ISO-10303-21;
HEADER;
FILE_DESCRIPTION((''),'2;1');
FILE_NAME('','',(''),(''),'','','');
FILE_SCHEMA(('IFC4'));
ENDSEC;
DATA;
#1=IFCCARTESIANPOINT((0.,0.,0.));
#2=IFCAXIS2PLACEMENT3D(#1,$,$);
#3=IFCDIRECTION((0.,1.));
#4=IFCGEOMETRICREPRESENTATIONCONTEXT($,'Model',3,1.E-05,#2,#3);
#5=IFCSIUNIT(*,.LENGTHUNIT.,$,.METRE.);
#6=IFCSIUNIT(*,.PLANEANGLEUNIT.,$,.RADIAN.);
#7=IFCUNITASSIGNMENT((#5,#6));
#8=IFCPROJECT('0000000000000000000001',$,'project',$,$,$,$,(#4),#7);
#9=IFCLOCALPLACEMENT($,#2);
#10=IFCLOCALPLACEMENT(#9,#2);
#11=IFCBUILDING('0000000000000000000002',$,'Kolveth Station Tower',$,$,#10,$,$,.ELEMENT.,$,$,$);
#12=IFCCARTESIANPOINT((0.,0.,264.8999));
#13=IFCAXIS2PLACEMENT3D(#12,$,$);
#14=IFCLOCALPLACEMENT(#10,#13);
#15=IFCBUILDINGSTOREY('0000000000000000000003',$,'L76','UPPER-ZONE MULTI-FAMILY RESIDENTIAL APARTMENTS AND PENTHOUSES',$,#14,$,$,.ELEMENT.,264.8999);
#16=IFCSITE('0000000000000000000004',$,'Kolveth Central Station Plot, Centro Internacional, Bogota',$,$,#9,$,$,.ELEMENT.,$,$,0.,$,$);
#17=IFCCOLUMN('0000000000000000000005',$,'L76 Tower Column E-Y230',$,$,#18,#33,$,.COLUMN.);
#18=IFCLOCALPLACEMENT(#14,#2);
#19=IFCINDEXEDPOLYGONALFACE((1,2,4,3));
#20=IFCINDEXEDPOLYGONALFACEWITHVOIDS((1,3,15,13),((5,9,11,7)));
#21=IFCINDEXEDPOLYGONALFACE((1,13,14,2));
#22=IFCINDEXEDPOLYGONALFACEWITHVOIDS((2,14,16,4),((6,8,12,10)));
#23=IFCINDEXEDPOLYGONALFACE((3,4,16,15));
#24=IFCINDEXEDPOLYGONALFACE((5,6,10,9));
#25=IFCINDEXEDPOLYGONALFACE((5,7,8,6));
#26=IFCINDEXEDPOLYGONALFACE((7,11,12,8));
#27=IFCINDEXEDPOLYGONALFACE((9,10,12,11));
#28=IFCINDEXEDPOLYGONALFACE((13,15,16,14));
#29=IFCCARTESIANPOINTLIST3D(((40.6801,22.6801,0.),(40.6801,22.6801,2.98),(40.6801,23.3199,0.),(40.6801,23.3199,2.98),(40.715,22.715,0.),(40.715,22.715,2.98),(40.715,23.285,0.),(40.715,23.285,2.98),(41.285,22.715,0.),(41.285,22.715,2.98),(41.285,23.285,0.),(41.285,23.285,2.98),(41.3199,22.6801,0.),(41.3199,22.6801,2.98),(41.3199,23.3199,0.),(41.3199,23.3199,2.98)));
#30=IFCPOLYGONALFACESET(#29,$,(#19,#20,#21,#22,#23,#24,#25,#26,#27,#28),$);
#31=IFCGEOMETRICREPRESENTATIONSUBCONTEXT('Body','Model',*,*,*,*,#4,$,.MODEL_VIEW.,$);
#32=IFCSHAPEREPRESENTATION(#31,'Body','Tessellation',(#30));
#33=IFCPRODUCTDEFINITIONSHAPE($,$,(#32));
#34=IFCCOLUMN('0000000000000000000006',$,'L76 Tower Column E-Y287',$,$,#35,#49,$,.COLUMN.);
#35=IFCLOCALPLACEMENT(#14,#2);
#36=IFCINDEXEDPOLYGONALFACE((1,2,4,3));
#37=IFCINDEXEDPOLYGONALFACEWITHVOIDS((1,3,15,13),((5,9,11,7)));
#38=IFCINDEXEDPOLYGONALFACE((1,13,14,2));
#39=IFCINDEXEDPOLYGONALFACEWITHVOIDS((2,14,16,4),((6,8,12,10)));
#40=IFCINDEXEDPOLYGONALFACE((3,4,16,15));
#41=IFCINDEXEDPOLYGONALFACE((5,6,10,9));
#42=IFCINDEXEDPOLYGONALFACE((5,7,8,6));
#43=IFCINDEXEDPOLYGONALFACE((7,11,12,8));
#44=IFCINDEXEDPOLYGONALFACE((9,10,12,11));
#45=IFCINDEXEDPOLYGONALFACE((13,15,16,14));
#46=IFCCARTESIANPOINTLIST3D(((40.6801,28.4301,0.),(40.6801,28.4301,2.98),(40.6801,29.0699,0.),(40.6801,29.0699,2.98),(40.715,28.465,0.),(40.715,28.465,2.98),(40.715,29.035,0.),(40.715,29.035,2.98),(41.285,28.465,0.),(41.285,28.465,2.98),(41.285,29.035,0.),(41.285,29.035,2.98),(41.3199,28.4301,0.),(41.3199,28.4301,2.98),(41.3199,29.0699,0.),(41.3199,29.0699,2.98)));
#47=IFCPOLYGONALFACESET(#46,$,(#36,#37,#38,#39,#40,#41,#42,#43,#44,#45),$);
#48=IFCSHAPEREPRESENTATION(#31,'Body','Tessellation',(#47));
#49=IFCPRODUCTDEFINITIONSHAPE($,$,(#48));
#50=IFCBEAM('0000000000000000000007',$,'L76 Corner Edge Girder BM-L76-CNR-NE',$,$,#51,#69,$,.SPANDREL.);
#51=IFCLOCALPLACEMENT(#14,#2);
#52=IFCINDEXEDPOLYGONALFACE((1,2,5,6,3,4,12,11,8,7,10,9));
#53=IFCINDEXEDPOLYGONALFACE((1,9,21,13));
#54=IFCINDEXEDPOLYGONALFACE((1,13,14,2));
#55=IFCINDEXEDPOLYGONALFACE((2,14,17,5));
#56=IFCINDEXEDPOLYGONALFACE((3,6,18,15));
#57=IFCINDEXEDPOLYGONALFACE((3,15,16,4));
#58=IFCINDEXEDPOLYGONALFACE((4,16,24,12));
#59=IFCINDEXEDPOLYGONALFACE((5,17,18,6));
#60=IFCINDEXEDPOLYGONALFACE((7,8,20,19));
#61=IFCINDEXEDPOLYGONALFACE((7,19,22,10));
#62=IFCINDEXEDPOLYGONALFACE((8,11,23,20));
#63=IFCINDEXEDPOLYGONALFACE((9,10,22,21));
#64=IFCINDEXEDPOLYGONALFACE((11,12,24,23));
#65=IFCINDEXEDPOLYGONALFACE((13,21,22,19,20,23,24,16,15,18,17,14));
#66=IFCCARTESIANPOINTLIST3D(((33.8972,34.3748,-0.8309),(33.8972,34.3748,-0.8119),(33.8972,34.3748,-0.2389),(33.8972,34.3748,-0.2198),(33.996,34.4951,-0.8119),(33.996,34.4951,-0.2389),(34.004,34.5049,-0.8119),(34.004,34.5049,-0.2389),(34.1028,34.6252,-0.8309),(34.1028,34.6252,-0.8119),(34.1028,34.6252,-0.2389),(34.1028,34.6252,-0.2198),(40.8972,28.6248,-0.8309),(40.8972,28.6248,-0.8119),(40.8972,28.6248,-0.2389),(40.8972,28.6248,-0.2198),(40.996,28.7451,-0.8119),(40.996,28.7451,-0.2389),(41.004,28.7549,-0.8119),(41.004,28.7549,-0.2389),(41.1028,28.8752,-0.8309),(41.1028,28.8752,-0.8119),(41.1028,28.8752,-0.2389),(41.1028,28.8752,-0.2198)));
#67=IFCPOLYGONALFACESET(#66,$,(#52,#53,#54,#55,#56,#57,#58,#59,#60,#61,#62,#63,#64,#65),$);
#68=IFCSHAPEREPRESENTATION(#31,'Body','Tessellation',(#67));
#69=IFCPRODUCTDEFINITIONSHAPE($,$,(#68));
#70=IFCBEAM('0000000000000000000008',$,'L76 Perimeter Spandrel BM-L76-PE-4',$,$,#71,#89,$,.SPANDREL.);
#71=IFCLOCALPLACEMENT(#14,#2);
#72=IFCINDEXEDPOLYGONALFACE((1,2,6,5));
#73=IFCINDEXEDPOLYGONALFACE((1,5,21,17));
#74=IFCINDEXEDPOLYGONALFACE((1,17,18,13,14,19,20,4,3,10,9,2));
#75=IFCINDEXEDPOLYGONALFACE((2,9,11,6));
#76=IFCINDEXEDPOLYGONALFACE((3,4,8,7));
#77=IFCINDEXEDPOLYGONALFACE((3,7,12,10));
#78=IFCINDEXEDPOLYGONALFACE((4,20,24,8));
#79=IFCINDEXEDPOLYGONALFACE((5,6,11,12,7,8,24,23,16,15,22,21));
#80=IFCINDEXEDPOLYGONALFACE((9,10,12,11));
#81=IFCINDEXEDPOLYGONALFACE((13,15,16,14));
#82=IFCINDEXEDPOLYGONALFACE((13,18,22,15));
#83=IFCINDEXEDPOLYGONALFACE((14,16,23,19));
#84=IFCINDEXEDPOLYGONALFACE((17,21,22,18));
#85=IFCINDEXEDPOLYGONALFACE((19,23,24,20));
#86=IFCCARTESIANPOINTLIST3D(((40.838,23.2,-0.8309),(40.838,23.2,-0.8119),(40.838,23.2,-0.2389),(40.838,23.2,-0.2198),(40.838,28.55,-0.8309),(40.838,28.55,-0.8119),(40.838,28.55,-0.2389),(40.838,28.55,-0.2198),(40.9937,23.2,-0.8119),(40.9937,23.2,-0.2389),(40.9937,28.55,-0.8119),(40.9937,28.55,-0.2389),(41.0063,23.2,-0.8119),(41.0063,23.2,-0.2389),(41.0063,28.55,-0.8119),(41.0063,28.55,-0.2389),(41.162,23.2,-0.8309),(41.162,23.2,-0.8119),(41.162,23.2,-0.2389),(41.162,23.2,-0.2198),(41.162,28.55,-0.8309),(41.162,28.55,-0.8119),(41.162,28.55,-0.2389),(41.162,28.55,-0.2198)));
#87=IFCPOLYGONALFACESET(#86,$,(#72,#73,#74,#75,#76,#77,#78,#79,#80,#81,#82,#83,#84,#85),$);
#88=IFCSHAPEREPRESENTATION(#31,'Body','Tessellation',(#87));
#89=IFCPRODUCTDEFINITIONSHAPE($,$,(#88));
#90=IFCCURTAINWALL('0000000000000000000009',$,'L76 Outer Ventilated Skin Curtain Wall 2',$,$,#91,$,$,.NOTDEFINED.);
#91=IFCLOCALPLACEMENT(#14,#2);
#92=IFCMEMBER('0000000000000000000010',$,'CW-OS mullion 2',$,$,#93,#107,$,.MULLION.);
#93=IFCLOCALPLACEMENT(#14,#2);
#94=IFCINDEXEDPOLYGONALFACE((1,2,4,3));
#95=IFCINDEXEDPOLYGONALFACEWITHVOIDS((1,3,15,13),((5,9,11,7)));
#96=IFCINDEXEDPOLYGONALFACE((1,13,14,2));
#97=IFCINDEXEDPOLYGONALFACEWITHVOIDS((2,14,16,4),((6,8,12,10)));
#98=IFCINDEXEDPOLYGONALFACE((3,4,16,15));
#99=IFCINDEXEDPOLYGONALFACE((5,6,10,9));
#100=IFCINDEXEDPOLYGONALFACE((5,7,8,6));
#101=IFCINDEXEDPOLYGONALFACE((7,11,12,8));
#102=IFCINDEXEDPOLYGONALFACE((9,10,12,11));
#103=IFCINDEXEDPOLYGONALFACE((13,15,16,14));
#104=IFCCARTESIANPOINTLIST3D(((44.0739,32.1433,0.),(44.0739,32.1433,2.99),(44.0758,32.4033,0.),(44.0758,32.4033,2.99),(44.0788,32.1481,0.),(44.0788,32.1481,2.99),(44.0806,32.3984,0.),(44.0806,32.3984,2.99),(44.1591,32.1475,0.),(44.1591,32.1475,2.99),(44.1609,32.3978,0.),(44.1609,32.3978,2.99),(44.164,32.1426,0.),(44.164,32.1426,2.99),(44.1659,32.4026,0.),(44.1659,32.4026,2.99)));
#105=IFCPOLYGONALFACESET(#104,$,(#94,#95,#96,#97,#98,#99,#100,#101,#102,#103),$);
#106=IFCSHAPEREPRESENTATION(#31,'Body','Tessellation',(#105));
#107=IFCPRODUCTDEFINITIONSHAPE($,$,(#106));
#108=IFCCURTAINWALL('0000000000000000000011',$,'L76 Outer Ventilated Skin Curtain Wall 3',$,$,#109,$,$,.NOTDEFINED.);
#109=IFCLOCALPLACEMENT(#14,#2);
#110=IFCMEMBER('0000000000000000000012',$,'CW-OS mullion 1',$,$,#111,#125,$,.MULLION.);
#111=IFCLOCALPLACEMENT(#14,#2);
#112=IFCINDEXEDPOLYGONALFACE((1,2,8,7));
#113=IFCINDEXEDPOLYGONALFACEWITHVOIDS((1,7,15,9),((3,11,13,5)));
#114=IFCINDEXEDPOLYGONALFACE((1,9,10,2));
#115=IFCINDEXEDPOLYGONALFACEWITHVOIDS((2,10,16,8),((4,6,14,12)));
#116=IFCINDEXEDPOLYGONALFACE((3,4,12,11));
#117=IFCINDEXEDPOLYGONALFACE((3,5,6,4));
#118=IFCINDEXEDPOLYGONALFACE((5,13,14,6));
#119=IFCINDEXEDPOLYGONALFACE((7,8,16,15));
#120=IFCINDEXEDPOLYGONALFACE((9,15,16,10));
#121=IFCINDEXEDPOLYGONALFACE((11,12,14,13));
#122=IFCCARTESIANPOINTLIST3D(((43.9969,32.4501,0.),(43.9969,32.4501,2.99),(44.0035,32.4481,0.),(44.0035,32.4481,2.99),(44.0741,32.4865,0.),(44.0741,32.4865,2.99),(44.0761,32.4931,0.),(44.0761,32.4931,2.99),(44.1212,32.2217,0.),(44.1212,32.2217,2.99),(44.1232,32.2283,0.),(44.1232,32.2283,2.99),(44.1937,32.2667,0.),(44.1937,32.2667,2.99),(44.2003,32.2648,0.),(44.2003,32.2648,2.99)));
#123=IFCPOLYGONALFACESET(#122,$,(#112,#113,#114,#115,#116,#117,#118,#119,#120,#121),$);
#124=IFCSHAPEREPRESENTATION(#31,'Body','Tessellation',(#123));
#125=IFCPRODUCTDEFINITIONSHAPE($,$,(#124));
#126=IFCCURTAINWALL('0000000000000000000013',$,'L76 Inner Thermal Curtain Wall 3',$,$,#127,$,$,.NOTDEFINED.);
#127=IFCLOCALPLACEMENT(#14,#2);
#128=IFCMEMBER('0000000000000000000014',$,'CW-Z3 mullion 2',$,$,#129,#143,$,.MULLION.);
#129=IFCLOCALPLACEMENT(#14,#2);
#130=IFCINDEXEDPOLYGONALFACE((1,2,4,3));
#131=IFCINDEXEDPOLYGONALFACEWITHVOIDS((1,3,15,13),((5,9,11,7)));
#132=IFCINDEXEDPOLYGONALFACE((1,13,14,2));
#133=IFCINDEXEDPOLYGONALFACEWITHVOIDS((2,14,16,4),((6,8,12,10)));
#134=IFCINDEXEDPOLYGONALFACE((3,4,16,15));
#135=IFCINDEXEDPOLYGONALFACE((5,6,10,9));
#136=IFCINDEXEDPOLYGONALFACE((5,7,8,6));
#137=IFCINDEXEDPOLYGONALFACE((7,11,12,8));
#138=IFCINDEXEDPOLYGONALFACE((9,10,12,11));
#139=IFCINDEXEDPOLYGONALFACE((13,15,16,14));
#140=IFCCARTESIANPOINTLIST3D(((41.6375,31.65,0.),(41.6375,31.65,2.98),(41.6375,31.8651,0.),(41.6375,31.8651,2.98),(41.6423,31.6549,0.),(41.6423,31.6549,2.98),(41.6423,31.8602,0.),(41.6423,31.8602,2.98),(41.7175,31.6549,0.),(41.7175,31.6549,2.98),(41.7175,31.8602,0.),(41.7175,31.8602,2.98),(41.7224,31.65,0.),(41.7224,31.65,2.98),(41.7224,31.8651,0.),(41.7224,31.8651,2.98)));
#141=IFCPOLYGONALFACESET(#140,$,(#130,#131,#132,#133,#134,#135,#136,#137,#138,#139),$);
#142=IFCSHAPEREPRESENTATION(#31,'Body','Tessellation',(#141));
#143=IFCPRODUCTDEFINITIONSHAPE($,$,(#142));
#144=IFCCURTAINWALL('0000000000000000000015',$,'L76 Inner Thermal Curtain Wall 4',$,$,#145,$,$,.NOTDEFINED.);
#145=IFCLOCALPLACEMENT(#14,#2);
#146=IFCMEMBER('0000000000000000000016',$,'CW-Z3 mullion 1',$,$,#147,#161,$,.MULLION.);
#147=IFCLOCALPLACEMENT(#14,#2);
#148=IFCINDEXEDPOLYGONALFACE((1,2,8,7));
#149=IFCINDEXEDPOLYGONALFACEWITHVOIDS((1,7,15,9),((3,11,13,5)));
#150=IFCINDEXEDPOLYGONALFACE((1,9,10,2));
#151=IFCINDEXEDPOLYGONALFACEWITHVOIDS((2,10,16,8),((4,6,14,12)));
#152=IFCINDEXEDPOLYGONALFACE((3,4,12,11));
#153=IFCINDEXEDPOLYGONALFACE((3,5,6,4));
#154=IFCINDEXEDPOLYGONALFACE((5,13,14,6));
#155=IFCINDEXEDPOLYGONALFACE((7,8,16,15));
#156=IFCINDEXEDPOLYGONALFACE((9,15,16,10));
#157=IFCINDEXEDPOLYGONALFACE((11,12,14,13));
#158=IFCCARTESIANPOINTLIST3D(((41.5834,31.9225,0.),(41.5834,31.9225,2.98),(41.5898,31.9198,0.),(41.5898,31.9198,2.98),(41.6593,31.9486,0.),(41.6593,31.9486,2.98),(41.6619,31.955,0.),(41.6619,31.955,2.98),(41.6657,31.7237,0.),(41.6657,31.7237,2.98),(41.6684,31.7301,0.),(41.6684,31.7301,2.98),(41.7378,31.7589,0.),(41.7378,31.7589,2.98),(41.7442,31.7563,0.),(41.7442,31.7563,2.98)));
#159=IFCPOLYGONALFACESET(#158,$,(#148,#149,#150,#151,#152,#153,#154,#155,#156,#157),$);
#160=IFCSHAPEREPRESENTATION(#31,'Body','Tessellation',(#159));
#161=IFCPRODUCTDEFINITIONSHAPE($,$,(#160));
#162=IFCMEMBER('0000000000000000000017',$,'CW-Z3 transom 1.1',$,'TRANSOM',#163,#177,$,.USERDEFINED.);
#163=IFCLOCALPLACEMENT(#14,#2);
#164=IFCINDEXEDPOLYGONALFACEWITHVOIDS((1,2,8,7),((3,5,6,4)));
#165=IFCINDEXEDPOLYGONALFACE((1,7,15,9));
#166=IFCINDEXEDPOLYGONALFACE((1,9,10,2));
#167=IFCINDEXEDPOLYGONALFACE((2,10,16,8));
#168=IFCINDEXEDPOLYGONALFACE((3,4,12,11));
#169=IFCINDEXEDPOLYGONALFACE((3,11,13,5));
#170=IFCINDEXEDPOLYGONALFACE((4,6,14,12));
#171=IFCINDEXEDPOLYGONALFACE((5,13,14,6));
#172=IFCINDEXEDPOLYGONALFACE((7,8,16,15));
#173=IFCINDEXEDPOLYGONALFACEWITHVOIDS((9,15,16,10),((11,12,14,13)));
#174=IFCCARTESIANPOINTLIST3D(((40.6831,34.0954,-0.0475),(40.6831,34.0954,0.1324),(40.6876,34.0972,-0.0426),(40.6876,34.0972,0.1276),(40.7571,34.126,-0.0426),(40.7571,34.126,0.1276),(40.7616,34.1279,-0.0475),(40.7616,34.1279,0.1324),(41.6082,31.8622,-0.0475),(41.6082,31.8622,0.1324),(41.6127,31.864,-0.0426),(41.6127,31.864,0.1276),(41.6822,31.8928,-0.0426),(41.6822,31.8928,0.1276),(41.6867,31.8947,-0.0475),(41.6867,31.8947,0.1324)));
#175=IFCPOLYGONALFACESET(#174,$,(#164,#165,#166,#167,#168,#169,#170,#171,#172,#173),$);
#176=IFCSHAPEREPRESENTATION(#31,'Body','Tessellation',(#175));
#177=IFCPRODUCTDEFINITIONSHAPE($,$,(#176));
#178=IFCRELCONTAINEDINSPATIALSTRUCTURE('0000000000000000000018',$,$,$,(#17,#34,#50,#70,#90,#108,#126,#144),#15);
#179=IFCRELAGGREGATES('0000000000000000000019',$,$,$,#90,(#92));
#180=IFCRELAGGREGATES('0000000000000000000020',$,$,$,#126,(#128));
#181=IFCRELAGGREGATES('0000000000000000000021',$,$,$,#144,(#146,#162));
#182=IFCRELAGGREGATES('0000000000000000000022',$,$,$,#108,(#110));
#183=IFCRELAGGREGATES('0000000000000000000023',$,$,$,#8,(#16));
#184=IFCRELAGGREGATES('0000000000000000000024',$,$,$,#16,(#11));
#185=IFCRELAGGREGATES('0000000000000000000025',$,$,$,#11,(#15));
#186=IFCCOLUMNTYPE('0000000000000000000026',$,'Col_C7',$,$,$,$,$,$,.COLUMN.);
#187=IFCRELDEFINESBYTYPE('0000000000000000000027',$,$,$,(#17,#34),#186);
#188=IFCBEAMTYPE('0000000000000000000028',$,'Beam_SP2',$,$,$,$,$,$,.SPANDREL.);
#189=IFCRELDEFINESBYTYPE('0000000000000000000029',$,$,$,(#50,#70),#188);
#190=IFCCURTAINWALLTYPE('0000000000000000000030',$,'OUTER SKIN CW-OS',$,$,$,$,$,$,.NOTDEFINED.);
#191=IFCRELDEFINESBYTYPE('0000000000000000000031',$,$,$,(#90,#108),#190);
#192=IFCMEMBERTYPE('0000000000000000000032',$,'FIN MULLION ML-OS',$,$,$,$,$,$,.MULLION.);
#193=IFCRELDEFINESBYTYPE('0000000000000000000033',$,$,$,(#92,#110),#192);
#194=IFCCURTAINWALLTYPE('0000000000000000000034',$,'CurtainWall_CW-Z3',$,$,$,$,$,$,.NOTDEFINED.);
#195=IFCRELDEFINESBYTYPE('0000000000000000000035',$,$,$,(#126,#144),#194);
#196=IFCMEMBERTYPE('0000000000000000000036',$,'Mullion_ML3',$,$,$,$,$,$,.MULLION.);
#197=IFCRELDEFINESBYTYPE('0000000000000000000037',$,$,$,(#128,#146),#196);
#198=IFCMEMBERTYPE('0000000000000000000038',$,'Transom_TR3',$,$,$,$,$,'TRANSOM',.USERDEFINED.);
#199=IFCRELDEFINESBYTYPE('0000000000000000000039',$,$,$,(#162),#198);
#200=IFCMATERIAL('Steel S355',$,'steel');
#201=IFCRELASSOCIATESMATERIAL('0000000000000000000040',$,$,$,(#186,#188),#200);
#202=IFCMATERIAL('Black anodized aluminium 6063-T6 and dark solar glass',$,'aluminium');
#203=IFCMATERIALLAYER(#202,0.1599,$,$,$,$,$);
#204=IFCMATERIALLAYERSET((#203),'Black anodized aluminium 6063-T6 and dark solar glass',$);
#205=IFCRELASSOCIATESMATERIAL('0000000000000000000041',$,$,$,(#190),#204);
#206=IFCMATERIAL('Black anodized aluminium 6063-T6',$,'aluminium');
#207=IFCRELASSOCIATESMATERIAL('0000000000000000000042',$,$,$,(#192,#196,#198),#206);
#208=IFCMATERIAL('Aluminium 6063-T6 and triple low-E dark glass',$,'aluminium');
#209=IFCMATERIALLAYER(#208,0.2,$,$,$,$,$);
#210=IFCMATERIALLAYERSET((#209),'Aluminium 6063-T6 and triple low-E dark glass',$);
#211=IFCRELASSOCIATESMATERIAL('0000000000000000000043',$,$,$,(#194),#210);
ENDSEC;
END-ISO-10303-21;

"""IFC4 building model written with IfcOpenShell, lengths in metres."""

from ifc_helpers import new_model, si_unit, direction, frame, origin, origin_2d, place, context, subcontext, project, spatial, hollow_rectangle, i_section, extrude, source, transform, mapped, material, layer, layer_set, material_profile, profile_set, type_object, element, aggregate, save


model = new_model("IFC4")

# Units and contexts
model_context = context("Model", 3, precision=1e-05, world=origin(), true_north=direction((0.0, 1.0)))
body_context = subcontext(model_context, "Body", "Model", "MODEL_VIEW")
ifc_project = project(units=[si_unit("LENGTHUNIT", "METRE"), si_unit("PLANEANGLEUNIT", "RADIAN")], contexts=[model_context])

# Site, building, storey
site_placement = place(None, origin())
site = spatial("IfcSite", under=ifc_project, at=site_placement, Name="Kolveth Central Station Plot, Centro Internacional, Bogota", CompositionType="ELEMENT", RefElevation=0.0)
building_placement = place(site_placement, origin())
building = spatial("IfcBuilding", under=site, at=building_placement, Name="Kolveth Station Tower", CompositionType="ELEMENT")
storey_placement = place(building_placement, frame((0.0, 0.0, 264.8999)))
storey = spatial("IfcBuildingStorey", under=building, at=storey_placement, Name="L76", Description="UPPER-ZONE MULTI-FAMILY RESIDENTIAL APARTMENTS AND PENTHOUSES", CompositionType="ELEMENT", Elevation=264.8999)

# Columns
ifc_material_1 = material(Name="Steel S355", Category="steel")
ifc_material_profile_1 = material_profile(ifc_material_1, hollow_rectangle(XDim=0.6399, YDim=0.6399, WallThickness=0.0349, at=origin_2d()), Name="BOX640x640x35")
ifc_profile_set_1 = profile_set([ifc_material_profile_1], Name="Steel S355")
column_type = type_object("IfcColumnType", Name="Col_C7", PredefinedType="COLUMN", material=ifc_profile_set_1)
shared_shape_1 = source(origin(), body_context, "Body", "SweptSolid", [
    extrude(hollow_rectangle(XDim=0.6399, YDim=0.6399, WallThickness=0.0349, at=origin_2d()), origin(), (0.0, 0.0, 1.0), 2.98),
])
for number, where, z_axis, x_axis, name in (
    (1, (41.0, 23.0, 0.0), (0.0, 0.0, 1.0), (1.0, 0.0, 0.0), "L76 Tower Column E-Y230"),
    (2, (41.0, 28.75, 0.0), (0.0, 0.0, 1.0), (1.0, 0.0, 0.0), "L76 Tower Column E-Y287"),
):
    element("IfcColumn", number, at=place(storey_placement, frame(where, z_axis=z_axis, x_axis=x_axis)), inside=storey, type_object=column_type, Name=name, PredefinedType="COLUMN", context=body_context, shape_type="MappedRepresentation", body=[
        mapped(shared_shape_1, transform((0.0, 0.0, 0.0), x_axis=(1.0, 0.0, 0.0), y_axis=(0.0, 1.0, 0.0), z_axis=(0.0, 0.0, 1.0), scale=1.0)),
    ])

# Beams
ifc_material_profile_2 = material_profile(ifc_material_1, i_section(OverallWidth=0.324, OverallDepth=0.6111, WebThickness=0.0127, FlangeThickness=0.019, at=origin_2d()), Name="W610x155")
ifc_profile_set_2 = profile_set([ifc_material_profile_2], Name="Steel S355")
beam_type = type_object("IfcBeamType", Name="Beam_SP2", PredefinedType="SPANDREL", material=ifc_profile_set_2)
shared_shape_2 = source(origin(), body_context, "Body", "SweptSolid", [
    extrude(i_section(OverallWidth=0.324, OverallDepth=0.6111, WebThickness=0.0127, FlangeThickness=0.019, at=origin_2d()), origin(), (0.0, 0.0, 1.0), 9.0588),
])
beam_1_placement = place(storey_placement, frame((41.0, 28.75, -0.5254), z_axis=(-0.772726, 0.634739, 0.0), x_axis=(-0.634739, -0.772726, 0.0)))
element("IfcBeam", 3, at=beam_1_placement, inside=storey, type_object=beam_type, Name="L76 Corner Edge Girder BM-L76-CNR-NE", PredefinedType="SPANDREL", context=body_context, shape_type="MappedRepresentation", body=[
    mapped(shared_shape_2, transform((0.0, 0.0, 0.0), x_axis=(1.0, 0.0, 0.0), y_axis=(0.0, 1.0, 0.0), z_axis=(0.0, 0.0, 1.0), scale=1.0)),
])
shared_shape_3 = source(origin(), body_context, "Body", "SweptSolid", [
    extrude(i_section(OverallWidth=0.324, OverallDepth=0.6111, WebThickness=0.0127, FlangeThickness=0.019, at=origin_2d()), origin(), (0.0, 0.0, 1.0), 5.3501),
])
beam_2_placement = place(storey_placement, frame((41.0, 23.2, -0.5254), z_axis=(0.0, 1.0, 0.0), x_axis=(-1.0, 0.0, 0.0)))
element("IfcBeam", 4, at=beam_2_placement, inside=storey, type_object=beam_type, Name="L76 Perimeter Spandrel BM-L76-PE-4", PredefinedType="SPANDREL", context=body_context, shape_type="MappedRepresentation", body=[
    mapped(shared_shape_3, transform((0.0, 0.0, 0.0), x_axis=(1.0, 0.0, 0.0), y_axis=(0.0, 1.0, 0.0), z_axis=(0.0, 0.0, 1.0), scale=1.0)),
])

# Curtain walls, members
ifc_material_2 = material(Name="Black anodized aluminium 6063-T6 and dark solar glass", Category="aluminium")
ifc_layer_1 = layer(ifc_material_2, 0.1599)
ifc_layer_set_1 = layer_set([ifc_layer_1], Name="Black anodized aluminium 6063-T6 and dark solar glass")
curtain_wall_type_1 = type_object("IfcCurtainWallType", Name="OUTER SKIN CW-OS", PredefinedType="NOTDEFINED", material=ifc_layer_set_1)
curtain_wall_1_placement = place(storey_placement, origin())
curtain_wall_1 = element("IfcCurtainWall", 5, at=curtain_wall_1_placement, inside=storey, type_object=curtain_wall_type_1, Name="L76 Outer Ventilated Skin Curtain Wall 2", PredefinedType="NOTDEFINED")
ifc_material_3 = material(Name="Black anodized aluminium 6063-T6", Category="aluminium")
ifc_material_profile_3 = material_profile(ifc_material_3, hollow_rectangle(XDim=0.0901, YDim=0.26, WallThickness=0.0049, at=origin_2d()), Name="ALU-90x260x5")
ifc_profile_set_3 = profile_set([ifc_material_profile_3], Name="Black anodized aluminium 6063-T6")
member_type_1 = type_object("IfcMemberType", Name="FIN MULLION ML-OS", PredefinedType="MULLION", material=ifc_profile_set_3)
shared_shape_4 = source(origin(), body_context, "Body", "SweptSolid", [
    extrude(hollow_rectangle(XDim=0.0901, YDim=0.26, WallThickness=0.0049, at=origin_2d()), origin(), (0.0, 0.0, 1.0), 2.99),
])
member_1_placement = place(storey_placement, frame((44.1199, 32.2729, 0.0), z_axis=(0.0, 0.0, 1.0), x_axis=(-0.999974, 0.007243, 0.0)))
member_1 = element("IfcMember", 6, at=member_1_placement, type_object=member_type_1, Name="CW-OS mullion 2", PredefinedType="MULLION", context=body_context, shape_type="MappedRepresentation", body=[
    mapped(shared_shape_4, transform((0.0, 0.0, 0.0), x_axis=(1.0, 0.0, 0.0), y_axis=(0.0, 1.0, 0.0), z_axis=(0.0, 0.0, 1.0), scale=1.0)),
])
aggregate(curtain_wall_1, [member_1])
curtain_wall_2_placement = place(storey_placement, origin())
curtain_wall_2 = element("IfcCurtainWall", 7, at=curtain_wall_2_placement, inside=storey, type_object=curtain_wall_type_1, Name="L76 Outer Ventilated Skin Curtain Wall 3", PredefinedType="NOTDEFINED")
member_2_placement = place(storey_placement, frame((44.0986, 32.3574, 0.0), z_axis=(0.0, 0.0, 1.0), x_axis=(-0.878348, -0.478021, 0.0)))
member_2 = element("IfcMember", 8, at=member_2_placement, type_object=member_type_1, Name="CW-OS mullion 1", PredefinedType="MULLION", context=body_context, shape_type="MappedRepresentation", body=[
    mapped(shared_shape_4, transform((0.0, 0.0, 0.0), x_axis=(1.0, 0.0, 0.0), y_axis=(0.0, 1.0, 0.0), z_axis=(0.0, 0.0, 1.0), scale=1.0)),
])
ifc_material_4 = material(Name="Aluminium 6063-T6 and triple low-E dark glass", Category="aluminium")
ifc_layer_2 = layer(ifc_material_4, 0.2)
ifc_layer_set_2 = layer_set([ifc_layer_2], Name="Aluminium 6063-T6 and triple low-E dark glass")
curtain_wall_type_2 = type_object("IfcCurtainWallType", Name="CurtainWall_CW-Z3", PredefinedType="NOTDEFINED", material=ifc_layer_set_2)
curtain_wall_3_placement = place(storey_placement, origin())
curtain_wall_3 = element("IfcCurtainWall", 9, at=curtain_wall_3_placement, inside=storey, type_object=curtain_wall_type_2, Name="L76 Inner Thermal Curtain Wall 3", PredefinedType="NOTDEFINED")
ifc_material_profile_4 = material_profile(ifc_material_3, hollow_rectangle(XDim=0.085, YDim=0.2151, WallThickness=0.0049, at=origin_2d()), Name="ALU-85x215x5")
ifc_profile_set_4 = profile_set([ifc_material_profile_4], Name="Black anodized aluminium 6063-T6")
member_type_2 = type_object("IfcMemberType", Name="Mullion_ML3", PredefinedType="MULLION", material=ifc_profile_set_4)
shared_shape_5 = source(origin(), body_context, "Body", "SweptSolid", [
    extrude(hollow_rectangle(XDim=0.085, YDim=0.2151, WallThickness=0.0049, at=origin_2d()), origin(), (0.0, 0.0, 1.0), 2.98),
])
member_3_placement = place(storey_placement, frame((41.6799, 31.7576, 0.0), z_axis=(0.0, 0.0, 1.0), x_axis=(-1.0, 0.0, 0.0)))
member_3 = element("IfcMember", 10, at=member_3_placement, type_object=member_type_2, Name="CW-Z3 mullion 2", PredefinedType="MULLION", context=body_context, shape_type="MappedRepresentation", body=[
    mapped(shared_shape_5, transform((0.0, 0.0, 0.0), x_axis=(1.0, 0.0, 0.0), y_axis=(0.0, 1.0, 0.0), z_axis=(0.0, 0.0, 1.0), scale=1.0)),
])
aggregate(curtain_wall_3, [member_3])

# Curtain wall, members
curtain_wall_4_placement = place(storey_placement, origin())
curtain_wall_4 = element("IfcCurtainWall", 11, at=curtain_wall_4_placement, inside=storey, type_object=curtain_wall_type_2, Name="L76 Inner Thermal Curtain Wall 4", PredefinedType="NOTDEFINED")
member_4_placement = place(storey_placement, frame((41.6638, 31.8394, 0.0), z_axis=(0.0, 0.0, 1.0), x_axis=(-0.923875, -0.382693, 0.0)))
member_4 = element("IfcMember", 12, at=member_4_placement, type_object=member_type_2, Name="CW-Z3 mullion 1", PredefinedType="MULLION", context=body_context, shape_type="MappedRepresentation", body=[
    mapped(shared_shape_5, transform((0.0, 0.0, 0.0), x_axis=(1.0, 0.0, 0.0), y_axis=(0.0, 1.0, 0.0), z_axis=(0.0, 0.0, 1.0), scale=1.0)),
])
ifc_material_profile_5 = material_profile(ifc_material_3, hollow_rectangle(XDim=0.085, YDim=0.1799, WallThickness=0.0049, at=origin_2d()), Name="ALU-85x180x5")
ifc_profile_set_5 = profile_set([ifc_material_profile_5], Name="Black anodized aluminium 6063-T6")
member_type_3 = type_object("IfcMemberType", Name="Transom_TR3", ElementType="TRANSOM", PredefinedType="USERDEFINED", material=ifc_profile_set_5)
shared_shape_6 = source(origin(), body_context, "Body", "SweptSolid", [
    extrude(hollow_rectangle(XDim=0.085, YDim=0.1799, WallThickness=0.0049, at=origin_2d()), origin(), (0.0, 0.0, 1.0), 2.4172),
])
member_5_placement = place(storey_placement, frame((41.6475, 31.8784, 0.0425), z_axis=(-0.3827, 0.923873, 0.0), x_axis=(-0.923873, -0.3827, 0.0)))
member_5 = element("IfcMember", 13, at=member_5_placement, type_object=member_type_3, Name="CW-Z3 transom 1.1", ObjectType="TRANSOM", PredefinedType="USERDEFINED", context=body_context, shape_type="MappedRepresentation", body=[
    mapped(shared_shape_6, transform((0.0, 0.0, 0.0), x_axis=(1.0, 0.0, 0.0), y_axis=(0.0, 1.0, 0.0), z_axis=(0.0, 0.0, 1.0), scale=1.0)),
])
aggregate(curtain_wall_4, [member_4, member_5])

aggregate(curtain_wall_2, [member_2])

save(model, "model.ifc")
